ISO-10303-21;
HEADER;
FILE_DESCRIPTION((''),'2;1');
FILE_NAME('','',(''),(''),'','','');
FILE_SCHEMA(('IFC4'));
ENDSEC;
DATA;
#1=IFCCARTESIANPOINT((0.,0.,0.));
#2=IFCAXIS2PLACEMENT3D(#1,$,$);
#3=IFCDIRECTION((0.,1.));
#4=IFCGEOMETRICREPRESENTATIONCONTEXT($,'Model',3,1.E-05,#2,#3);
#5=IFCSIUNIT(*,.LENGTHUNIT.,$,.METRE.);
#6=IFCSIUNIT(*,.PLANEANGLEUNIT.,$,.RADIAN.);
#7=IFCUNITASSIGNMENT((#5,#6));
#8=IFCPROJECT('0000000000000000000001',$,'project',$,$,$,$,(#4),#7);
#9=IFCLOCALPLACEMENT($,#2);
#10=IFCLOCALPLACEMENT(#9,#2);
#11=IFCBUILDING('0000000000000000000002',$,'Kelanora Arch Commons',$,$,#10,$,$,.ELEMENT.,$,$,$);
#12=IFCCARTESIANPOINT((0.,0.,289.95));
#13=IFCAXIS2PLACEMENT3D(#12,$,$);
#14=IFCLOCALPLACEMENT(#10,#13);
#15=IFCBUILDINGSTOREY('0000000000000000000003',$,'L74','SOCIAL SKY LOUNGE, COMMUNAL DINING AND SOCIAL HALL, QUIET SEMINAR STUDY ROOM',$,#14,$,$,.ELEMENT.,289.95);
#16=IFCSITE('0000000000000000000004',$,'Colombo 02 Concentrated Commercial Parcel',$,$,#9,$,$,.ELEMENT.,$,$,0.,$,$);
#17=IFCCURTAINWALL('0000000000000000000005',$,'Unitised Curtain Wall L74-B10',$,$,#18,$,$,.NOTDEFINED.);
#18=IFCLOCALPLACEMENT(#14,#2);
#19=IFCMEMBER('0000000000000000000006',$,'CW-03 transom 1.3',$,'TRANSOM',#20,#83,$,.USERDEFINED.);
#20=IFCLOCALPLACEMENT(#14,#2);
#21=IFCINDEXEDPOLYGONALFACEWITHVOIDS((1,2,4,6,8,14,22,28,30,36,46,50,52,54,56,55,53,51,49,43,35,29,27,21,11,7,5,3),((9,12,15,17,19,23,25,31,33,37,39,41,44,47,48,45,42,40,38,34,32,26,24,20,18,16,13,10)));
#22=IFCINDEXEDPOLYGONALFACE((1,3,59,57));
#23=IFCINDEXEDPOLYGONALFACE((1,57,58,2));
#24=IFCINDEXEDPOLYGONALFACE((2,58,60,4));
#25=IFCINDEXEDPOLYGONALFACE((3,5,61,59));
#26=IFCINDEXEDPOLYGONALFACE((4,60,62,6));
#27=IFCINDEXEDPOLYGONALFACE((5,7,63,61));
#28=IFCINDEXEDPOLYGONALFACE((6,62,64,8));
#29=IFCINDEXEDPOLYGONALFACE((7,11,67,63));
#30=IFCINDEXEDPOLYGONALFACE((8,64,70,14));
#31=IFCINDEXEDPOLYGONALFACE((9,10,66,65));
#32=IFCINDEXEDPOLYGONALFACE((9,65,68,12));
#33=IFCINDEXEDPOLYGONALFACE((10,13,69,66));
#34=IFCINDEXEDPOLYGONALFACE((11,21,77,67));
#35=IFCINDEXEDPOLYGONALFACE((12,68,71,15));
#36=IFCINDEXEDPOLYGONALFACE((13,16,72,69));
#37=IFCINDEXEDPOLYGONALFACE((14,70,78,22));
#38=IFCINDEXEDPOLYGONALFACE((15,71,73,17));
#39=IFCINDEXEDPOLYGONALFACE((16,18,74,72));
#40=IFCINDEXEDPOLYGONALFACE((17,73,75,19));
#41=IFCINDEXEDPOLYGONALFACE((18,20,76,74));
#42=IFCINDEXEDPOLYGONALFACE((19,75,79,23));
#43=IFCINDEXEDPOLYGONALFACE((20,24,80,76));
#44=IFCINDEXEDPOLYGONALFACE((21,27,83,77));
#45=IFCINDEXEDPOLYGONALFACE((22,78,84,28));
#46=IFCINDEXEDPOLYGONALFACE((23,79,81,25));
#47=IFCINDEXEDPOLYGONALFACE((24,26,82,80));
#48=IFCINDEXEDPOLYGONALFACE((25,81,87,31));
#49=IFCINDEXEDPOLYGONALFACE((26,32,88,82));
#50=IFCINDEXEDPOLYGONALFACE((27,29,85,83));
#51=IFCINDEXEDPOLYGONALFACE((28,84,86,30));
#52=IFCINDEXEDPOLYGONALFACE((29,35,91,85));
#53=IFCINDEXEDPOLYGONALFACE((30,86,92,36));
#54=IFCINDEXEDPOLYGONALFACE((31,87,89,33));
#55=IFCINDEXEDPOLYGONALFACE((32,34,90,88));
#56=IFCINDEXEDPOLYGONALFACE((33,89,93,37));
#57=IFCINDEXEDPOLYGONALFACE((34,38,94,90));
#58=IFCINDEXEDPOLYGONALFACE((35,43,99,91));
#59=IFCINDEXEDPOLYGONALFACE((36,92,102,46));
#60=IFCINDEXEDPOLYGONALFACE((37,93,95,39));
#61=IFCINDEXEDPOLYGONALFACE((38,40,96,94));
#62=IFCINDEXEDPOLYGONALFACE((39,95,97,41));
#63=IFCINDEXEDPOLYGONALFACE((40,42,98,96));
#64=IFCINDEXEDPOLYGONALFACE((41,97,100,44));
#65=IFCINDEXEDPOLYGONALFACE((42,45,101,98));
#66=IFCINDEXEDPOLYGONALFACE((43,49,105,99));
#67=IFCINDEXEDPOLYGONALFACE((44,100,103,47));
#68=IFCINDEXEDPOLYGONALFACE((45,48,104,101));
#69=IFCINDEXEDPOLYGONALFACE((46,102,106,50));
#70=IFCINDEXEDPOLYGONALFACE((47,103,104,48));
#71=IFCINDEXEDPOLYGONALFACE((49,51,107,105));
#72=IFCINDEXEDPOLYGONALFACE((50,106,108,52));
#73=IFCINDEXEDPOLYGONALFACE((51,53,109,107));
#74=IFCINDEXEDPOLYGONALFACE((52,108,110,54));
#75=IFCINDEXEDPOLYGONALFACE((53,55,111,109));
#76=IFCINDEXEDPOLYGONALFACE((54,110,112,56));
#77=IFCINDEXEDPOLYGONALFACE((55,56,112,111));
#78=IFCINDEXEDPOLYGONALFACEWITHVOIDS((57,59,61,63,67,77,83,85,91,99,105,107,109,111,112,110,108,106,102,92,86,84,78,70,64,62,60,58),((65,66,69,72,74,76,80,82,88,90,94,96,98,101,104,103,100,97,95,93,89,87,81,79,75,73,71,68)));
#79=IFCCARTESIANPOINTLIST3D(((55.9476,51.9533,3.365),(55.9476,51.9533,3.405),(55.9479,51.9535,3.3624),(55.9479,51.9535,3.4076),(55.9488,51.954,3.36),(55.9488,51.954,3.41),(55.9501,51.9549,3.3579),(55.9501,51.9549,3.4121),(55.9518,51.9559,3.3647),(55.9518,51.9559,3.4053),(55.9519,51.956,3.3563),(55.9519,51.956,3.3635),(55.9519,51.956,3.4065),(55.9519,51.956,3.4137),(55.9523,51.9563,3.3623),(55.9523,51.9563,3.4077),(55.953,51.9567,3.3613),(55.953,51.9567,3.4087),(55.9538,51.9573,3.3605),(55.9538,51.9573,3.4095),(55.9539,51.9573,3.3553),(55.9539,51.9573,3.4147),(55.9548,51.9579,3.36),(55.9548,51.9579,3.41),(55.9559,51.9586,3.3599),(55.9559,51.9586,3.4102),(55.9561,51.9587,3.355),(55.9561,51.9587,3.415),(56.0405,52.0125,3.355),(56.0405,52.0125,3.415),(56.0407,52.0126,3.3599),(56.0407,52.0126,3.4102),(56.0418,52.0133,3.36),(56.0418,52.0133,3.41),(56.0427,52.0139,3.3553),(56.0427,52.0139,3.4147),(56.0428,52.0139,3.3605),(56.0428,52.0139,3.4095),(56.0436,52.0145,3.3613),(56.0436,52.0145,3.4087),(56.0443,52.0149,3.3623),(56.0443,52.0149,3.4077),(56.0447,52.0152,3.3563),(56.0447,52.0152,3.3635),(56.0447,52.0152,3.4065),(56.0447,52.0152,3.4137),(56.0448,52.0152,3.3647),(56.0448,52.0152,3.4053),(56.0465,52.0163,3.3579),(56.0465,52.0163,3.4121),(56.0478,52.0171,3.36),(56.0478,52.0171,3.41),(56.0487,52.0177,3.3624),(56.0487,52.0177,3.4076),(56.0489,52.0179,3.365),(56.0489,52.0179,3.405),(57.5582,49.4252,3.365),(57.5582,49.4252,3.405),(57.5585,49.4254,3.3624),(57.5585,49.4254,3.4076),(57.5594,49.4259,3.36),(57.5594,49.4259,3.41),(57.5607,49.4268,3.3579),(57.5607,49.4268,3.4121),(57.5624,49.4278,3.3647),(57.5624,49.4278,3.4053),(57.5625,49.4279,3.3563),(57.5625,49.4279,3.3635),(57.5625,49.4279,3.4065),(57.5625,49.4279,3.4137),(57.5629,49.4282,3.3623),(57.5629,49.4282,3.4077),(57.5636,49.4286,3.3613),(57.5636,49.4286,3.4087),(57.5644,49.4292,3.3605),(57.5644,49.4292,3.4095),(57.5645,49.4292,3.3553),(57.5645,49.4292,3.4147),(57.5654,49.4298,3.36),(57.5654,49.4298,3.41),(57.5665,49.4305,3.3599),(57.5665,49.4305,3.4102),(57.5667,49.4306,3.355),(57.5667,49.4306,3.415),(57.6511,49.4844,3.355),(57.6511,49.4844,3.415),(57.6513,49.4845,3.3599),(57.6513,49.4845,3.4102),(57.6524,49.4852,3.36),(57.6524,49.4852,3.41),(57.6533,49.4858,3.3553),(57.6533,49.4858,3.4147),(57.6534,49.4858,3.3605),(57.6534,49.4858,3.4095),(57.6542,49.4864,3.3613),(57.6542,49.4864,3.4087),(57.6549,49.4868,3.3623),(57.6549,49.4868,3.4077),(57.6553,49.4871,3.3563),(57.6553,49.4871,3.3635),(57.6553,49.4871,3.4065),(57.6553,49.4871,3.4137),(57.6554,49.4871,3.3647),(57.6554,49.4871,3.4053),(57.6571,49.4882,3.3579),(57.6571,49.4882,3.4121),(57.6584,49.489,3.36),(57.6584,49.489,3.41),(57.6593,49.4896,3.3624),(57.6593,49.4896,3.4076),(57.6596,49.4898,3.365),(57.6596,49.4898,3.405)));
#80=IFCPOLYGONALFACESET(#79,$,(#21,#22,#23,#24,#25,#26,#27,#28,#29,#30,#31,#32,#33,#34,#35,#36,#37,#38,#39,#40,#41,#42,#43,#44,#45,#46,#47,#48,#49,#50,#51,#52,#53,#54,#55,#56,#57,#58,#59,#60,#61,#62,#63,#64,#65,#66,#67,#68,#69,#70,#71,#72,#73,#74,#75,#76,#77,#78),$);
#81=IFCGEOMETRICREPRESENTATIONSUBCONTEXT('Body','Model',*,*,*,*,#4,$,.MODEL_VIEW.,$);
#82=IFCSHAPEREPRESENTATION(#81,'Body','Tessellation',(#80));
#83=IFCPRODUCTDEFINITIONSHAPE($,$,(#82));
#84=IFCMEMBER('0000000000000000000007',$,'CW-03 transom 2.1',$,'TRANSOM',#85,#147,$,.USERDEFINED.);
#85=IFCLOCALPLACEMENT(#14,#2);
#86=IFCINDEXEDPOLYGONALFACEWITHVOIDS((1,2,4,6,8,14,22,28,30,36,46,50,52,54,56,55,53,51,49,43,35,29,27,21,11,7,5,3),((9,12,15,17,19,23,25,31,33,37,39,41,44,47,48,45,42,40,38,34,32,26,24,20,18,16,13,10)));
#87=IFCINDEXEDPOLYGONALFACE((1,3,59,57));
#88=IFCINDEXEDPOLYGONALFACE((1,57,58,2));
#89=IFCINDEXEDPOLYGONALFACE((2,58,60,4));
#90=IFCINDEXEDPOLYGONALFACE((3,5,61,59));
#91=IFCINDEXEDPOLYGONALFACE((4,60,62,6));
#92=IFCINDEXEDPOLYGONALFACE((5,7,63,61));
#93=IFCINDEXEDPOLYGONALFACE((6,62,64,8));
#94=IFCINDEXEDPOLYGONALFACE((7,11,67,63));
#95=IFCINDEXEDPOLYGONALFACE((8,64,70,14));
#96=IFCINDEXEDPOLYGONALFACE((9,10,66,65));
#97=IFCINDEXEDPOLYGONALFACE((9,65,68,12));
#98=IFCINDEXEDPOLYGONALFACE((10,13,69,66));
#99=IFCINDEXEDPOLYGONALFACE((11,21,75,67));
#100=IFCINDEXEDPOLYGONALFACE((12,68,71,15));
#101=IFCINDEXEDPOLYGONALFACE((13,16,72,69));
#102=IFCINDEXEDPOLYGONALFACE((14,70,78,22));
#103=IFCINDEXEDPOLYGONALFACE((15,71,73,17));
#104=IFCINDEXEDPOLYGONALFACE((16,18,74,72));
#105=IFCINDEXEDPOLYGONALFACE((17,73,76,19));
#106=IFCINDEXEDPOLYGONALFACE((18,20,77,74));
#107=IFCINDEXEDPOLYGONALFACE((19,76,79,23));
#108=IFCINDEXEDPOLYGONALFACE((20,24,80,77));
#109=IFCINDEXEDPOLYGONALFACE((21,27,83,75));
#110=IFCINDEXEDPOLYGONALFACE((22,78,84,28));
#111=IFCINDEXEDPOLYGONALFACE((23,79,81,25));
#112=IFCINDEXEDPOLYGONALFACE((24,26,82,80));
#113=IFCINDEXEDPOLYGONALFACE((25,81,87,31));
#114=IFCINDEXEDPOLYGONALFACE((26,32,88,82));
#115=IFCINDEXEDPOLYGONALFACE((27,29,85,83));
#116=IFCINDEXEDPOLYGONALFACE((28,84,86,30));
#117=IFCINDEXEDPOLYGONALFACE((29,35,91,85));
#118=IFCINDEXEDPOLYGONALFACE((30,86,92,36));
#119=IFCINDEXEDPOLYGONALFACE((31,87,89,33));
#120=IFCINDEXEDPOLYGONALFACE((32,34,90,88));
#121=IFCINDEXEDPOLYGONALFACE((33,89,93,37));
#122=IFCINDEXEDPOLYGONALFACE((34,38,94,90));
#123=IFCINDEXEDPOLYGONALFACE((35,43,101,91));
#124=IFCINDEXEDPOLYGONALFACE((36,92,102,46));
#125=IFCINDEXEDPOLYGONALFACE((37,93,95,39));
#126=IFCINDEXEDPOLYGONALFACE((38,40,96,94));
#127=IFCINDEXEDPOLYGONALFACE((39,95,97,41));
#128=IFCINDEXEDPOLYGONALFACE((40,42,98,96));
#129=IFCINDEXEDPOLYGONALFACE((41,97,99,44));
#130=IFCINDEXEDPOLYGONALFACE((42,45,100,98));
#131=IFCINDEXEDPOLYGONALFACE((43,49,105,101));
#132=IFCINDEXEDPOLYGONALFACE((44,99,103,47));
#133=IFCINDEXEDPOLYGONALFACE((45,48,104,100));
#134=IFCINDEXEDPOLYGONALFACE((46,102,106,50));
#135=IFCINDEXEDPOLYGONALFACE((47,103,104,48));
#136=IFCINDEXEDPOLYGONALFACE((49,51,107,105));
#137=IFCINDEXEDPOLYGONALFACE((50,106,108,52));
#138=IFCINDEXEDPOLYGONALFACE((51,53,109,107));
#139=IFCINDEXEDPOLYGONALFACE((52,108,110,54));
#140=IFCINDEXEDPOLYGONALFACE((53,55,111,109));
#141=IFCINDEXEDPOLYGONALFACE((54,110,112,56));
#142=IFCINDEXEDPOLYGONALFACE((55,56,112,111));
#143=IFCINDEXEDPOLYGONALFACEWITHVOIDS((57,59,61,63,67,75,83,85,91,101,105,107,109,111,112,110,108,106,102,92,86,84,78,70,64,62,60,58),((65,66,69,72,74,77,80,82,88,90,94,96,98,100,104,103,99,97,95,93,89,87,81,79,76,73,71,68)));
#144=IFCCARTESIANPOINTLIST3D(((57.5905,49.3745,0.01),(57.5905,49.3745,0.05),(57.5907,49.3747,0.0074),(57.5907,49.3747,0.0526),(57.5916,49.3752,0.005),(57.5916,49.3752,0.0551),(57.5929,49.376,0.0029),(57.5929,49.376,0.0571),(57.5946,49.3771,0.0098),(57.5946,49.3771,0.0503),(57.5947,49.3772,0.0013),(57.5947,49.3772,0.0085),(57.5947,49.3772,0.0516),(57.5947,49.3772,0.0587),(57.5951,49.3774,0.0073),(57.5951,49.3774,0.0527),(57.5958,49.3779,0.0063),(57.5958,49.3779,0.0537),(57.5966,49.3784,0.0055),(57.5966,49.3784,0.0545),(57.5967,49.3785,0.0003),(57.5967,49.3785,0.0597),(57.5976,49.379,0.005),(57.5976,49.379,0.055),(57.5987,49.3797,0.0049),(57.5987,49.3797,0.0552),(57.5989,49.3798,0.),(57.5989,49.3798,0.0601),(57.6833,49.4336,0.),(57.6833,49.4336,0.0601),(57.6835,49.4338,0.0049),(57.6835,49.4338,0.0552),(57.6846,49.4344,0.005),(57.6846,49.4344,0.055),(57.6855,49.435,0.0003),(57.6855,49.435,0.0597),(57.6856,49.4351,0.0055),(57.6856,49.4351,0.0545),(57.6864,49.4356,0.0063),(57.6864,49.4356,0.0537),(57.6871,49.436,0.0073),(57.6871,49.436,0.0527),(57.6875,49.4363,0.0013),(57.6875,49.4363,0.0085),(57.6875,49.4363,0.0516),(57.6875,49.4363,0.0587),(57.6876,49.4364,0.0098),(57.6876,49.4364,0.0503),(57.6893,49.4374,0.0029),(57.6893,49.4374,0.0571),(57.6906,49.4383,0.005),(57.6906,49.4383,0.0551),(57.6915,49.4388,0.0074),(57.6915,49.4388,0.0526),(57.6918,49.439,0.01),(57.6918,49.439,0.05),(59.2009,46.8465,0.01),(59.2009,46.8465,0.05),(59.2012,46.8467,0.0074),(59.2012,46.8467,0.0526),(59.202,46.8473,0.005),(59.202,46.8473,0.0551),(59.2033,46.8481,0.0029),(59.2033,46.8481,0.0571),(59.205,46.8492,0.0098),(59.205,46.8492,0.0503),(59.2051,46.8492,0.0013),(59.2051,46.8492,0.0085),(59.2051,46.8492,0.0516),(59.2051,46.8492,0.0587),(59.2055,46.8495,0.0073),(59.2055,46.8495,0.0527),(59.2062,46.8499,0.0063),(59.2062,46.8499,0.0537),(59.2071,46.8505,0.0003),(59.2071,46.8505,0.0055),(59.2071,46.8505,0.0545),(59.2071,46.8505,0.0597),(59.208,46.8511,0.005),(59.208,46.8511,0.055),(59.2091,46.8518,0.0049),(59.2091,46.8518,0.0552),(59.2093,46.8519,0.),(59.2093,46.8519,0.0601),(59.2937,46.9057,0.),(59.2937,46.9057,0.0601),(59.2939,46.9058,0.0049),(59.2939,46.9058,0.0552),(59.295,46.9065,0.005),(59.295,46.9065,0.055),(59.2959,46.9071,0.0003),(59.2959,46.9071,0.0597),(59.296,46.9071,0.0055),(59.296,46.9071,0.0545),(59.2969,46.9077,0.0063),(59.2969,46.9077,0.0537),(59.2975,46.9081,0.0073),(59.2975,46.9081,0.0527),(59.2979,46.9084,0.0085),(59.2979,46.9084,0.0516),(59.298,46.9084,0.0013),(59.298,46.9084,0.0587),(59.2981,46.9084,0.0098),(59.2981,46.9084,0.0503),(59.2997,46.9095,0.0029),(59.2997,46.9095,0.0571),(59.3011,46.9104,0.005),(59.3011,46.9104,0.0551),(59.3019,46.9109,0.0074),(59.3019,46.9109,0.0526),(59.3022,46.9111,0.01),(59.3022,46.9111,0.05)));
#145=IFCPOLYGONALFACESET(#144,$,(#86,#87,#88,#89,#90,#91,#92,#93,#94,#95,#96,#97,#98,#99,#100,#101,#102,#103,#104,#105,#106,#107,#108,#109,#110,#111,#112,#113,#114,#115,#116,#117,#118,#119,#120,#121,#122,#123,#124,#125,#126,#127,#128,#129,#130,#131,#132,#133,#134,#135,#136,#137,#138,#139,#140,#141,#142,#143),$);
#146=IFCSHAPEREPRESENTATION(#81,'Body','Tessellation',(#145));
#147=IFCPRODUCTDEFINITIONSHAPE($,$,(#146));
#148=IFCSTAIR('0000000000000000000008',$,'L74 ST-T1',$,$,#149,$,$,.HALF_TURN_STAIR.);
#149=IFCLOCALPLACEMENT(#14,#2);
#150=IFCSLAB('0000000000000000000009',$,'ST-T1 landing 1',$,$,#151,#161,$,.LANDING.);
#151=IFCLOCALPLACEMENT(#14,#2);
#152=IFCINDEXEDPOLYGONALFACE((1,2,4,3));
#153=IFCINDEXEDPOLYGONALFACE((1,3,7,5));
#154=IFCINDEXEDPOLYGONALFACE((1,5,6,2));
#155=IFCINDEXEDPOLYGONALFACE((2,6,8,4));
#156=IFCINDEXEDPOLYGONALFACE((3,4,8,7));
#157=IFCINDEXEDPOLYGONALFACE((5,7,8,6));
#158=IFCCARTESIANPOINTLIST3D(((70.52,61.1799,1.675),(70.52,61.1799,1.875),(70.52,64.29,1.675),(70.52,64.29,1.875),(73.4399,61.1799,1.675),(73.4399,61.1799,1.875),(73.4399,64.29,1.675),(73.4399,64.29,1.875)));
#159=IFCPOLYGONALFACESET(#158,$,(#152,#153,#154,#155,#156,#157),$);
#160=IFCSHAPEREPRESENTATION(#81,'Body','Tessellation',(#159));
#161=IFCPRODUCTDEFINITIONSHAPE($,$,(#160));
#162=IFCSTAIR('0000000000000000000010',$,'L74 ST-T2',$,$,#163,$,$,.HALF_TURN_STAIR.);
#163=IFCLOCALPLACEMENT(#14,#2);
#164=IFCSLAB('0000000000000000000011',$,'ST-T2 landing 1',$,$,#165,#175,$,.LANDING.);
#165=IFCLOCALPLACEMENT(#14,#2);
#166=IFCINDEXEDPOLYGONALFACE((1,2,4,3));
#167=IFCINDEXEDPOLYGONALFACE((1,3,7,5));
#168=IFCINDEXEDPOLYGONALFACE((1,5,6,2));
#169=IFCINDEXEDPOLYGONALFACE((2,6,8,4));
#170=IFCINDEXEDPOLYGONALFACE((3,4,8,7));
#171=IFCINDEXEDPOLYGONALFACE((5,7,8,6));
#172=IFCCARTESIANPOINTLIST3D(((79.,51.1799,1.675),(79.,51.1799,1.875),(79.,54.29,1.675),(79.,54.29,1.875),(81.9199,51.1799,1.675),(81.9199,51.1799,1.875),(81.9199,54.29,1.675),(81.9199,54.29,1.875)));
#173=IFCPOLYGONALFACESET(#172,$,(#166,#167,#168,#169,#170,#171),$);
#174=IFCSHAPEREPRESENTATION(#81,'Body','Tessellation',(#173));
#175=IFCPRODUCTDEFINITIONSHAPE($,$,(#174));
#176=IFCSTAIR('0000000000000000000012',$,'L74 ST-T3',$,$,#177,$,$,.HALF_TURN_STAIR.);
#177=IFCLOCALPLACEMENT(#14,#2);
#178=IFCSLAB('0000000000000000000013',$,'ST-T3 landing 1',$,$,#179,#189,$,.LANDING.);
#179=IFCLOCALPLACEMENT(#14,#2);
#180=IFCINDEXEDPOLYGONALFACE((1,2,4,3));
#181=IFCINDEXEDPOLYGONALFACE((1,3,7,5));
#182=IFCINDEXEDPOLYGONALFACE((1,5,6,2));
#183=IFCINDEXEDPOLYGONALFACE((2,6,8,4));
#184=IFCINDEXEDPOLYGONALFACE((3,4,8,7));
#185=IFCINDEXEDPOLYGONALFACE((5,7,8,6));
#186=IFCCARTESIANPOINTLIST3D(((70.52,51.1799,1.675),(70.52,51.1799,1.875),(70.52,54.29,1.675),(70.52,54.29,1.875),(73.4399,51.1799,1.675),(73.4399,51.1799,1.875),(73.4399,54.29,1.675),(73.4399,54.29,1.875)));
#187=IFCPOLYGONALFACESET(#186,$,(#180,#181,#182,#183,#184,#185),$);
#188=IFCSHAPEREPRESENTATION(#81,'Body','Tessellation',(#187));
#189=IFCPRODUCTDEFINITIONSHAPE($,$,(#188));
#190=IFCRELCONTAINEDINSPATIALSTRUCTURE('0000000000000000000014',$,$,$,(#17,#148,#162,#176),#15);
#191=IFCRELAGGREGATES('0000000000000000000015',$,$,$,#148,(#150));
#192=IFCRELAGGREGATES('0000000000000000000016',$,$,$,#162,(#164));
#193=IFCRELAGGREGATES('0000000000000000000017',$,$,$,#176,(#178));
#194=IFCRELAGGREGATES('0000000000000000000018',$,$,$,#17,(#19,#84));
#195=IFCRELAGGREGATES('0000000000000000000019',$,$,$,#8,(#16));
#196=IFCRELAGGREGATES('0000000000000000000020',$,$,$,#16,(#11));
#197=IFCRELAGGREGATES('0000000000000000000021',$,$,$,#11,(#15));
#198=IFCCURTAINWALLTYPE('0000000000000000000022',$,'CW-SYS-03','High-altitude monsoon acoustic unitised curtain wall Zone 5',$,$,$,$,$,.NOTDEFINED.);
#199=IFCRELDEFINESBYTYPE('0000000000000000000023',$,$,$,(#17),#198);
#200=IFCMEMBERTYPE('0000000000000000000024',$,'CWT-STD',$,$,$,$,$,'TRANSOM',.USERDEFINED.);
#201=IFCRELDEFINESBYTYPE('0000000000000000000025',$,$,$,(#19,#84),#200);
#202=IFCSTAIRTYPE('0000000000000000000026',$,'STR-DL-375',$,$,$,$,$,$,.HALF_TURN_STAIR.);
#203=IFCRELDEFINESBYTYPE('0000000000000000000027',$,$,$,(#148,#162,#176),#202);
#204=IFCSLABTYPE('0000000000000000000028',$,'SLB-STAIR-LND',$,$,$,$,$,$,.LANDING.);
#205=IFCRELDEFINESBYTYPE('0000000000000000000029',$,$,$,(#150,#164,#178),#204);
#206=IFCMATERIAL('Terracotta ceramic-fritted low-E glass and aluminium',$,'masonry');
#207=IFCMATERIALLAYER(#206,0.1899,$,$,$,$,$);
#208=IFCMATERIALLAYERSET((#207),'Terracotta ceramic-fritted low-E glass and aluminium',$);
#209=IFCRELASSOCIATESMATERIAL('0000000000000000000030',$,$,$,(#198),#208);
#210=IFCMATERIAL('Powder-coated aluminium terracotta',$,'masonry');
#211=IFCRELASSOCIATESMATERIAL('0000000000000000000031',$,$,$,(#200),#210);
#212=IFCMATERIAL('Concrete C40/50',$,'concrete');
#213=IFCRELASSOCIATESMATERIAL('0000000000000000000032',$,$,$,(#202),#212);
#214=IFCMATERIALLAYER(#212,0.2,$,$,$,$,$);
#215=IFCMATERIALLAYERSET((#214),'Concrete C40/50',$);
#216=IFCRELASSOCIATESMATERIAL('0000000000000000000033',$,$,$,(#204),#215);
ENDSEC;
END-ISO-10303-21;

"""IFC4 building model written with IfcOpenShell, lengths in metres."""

from ifc_helpers import new_model, si_unit, direction, frame, origin, origin_2d, place, context, subcontext, project, spatial, polyline, hollow_rectangle, outline, extrude, material, layer, layer_set, material_profile, profile_set, type_object, element, aggregate, save


model = new_model("IFC4")

# Units and contexts
model_context = context("Model", 3, precision=1e-05, world=origin(), true_north=direction((0.0, 1.0)))
body_context = subcontext(model_context, "Body", "Model", "MODEL_VIEW")
ifc_project = project(units=[si_unit("LENGTHUNIT", "METRE"), si_unit("PLANEANGLEUNIT", "RADIAN")], contexts=[model_context])

# Site, building, storey
site_placement = place(None, origin())
site = spatial("IfcSite", under=ifc_project, at=site_placement, Name="Colombo 02 Concentrated Commercial Parcel", CompositionType="ELEMENT", RefElevation=0.0)
building_placement = place(site_placement, origin())
building = spatial("IfcBuilding", under=site, at=building_placement, Name="Kelanora Arch Commons", CompositionType="ELEMENT")
storey_placement = place(building_placement, frame((0.0, 0.0, 289.95)))
storey = spatial("IfcBuildingStorey", under=building, at=storey_placement, Name="L74", Description="SOCIAL SKY LOUNGE, COMMUNAL DINING AND SOCIAL HALL, QUIET SEMINAR STUDY ROOM", CompositionType="ELEMENT", Elevation=289.95)

# Curtain wall, members
ifc_material_1 = material(Name="Terracotta ceramic-fritted low-E glass and aluminium", Category="masonry")
ifc_layer_1 = layer(ifc_material_1, 0.1899)
ifc_layer_set_1 = layer_set([ifc_layer_1], Name="Terracotta ceramic-fritted low-E glass and aluminium")
curtain_wall_type = type_object("IfcCurtainWallType", Name="CW-SYS-03", Description="High-altitude monsoon acoustic unitised curtain wall Zone 5", PredefinedType="NOTDEFINED", material=ifc_layer_set_1)
curtain_wall_placement = place(storey_placement, origin())
curtain_wall = element("IfcCurtainWall", 1, at=curtain_wall_placement, inside=storey, type_object=curtain_wall_type, Name="Unitised Curtain Wall L74-B10", PredefinedType="NOTDEFINED")
ifc_material_2 = material(Name="Powder-coated aluminium terracotta", Category="masonry")
ifc_material_profile_1 = material_profile(ifc_material_2, hollow_rectangle(XDim=0.1201, YDim=0.0601, WallThickness=0.0049, InnerFilletRadius=0.0049, OuterFilletRadius=0.01, at=origin_2d()), Name="CWT120x60")
ifc_profile_set_1 = profile_set([ifc_material_profile_1], Name="Powder-coated aluminium terracotta")
member_type_1 = type_object("IfcMemberType", Name="CWT-STD", ElementType="TRANSOM", PredefinedType="USERDEFINED", material=ifc_profile_set_1)
member_1_placement = place(storey_placement, frame((55.9983, 51.9856, 3.385), z_axis=(0.537308, -0.843386, 0.0), x_axis=(0.843386, 0.537308, 0.0)))
member_1 = element("IfcMember", 2, at=member_1_placement, type_object=member_type_1, Name="CW-03 transom 1.3", ObjectType="TRANSOM", PredefinedType="USERDEFINED", context=body_context, shape_type="SweptSolid", body=[
    extrude(hollow_rectangle(XDim=0.1201, YDim=0.0601, WallThickness=0.0049, InnerFilletRadius=0.0049, OuterFilletRadius=0.01, at=origin_2d()), origin(), (0.0, 0.0, 1.0), 2.9976),
])
member_2_placement = place(storey_placement, frame((57.6411, 49.4067, 0.03), z_axis=(0.537287, -0.8434, 0.0), x_axis=(0.8434, 0.537287, 0.0)))
member_2 = element("IfcMember", 3, at=member_2_placement, type_object=member_type_1, Name="CW-03 transom 2.1", ObjectType="TRANSOM", PredefinedType="USERDEFINED", context=body_context, shape_type="SweptSolid", body=[
    extrude(hollow_rectangle(XDim=0.1201, YDim=0.0601, WallThickness=0.0049, InnerFilletRadius=0.0049, OuterFilletRadius=0.01, at=origin_2d()), origin(), (0.0, 0.0, 1.0), 2.9973),
])

# Stairs, slabs
ifc_material_3 = material(Name="Concrete C40/50", Category="concrete")
stair_type = type_object("IfcStairType", Name="STR-DL-375", PredefinedType="HALF_TURN_STAIR", material=ifc_material_3)
stair_1_placement = place(storey_placement, origin())
stair_1 = element("IfcStair", 4, at=stair_1_placement, inside=storey, type_object=stair_type, Name="L74 ST-T1", PredefinedType="HALF_TURN_STAIR")
ifc_layer_2 = layer(ifc_material_3, 0.2)
ifc_layer_set_2 = layer_set([ifc_layer_2], Name="Concrete C40/50")
slab_type_1 = type_object("IfcSlabType", Name="SLB-STAIR-LND", PredefinedType="LANDING", material=ifc_layer_set_2)
slab_1_placement = place(storey_placement, frame((0.0, 0.0, 1.675)))
slab_1 = element("IfcSlab", 5, at=slab_1_placement, type_object=slab_type_1, Name="ST-T1 landing 1", PredefinedType="LANDING", context=body_context, shape_type="SweptSolid", body=[
    extrude(outline(polyline([(70.52, 61.1799), (73.4399, 61.1799), (73.4399, 64.29), (70.52, 64.29), (70.52, 61.1799)])), origin(), (0.0, 0.0, 1.0), 0.2),
])
aggregate(stair_1, [slab_1])
stair_2_placement = place(storey_placement, origin())
stair_2 = element("IfcStair", 6, at=stair_2_placement, inside=storey, type_object=stair_type, Name="L74 ST-T2", PredefinedType="HALF_TURN_STAIR")
slab_2_placement = place(storey_placement, frame((0.0, 0.0, 1.675)))
slab_2 = element("IfcSlab", 7, at=slab_2_placement, type_object=slab_type_1, Name="ST-T2 landing 1", PredefinedType="LANDING", context=body_context, shape_type="SweptSolid", body=[
    extrude(outline(polyline([(79.0, 51.1799), (81.9199, 51.1799), (81.9199, 54.29), (79.0, 54.29), (79.0, 51.1799)])), origin(), (0.0, 0.0, 1.0), 0.2),
])
aggregate(stair_2, [slab_2])
stair_3_placement = place(storey_placement, origin())
stair_3 = element("IfcStair", 8, at=stair_3_placement, inside=storey, type_object=stair_type, Name="L74 ST-T3", PredefinedType="HALF_TURN_STAIR")
slab_3_placement = place(storey_placement, frame((0.0, 0.0, 1.675)))
slab_3 = element("IfcSlab", 9, at=slab_3_placement, type_object=slab_type_1, Name="ST-T3 landing 1", PredefinedType="LANDING", context=body_context, shape_type="SweptSolid", body=[
    extrude(outline(polyline([(70.52, 51.1799), (73.4399, 51.1799), (73.4399, 54.29), (70.52, 54.29), (70.52, 51.1799)])), origin(), (0.0, 0.0, 1.0), 0.2),
])
aggregate(stair_3, [slab_3])

aggregate(curtain_wall, [member_1, member_2])

save(model, "model.ifc")
